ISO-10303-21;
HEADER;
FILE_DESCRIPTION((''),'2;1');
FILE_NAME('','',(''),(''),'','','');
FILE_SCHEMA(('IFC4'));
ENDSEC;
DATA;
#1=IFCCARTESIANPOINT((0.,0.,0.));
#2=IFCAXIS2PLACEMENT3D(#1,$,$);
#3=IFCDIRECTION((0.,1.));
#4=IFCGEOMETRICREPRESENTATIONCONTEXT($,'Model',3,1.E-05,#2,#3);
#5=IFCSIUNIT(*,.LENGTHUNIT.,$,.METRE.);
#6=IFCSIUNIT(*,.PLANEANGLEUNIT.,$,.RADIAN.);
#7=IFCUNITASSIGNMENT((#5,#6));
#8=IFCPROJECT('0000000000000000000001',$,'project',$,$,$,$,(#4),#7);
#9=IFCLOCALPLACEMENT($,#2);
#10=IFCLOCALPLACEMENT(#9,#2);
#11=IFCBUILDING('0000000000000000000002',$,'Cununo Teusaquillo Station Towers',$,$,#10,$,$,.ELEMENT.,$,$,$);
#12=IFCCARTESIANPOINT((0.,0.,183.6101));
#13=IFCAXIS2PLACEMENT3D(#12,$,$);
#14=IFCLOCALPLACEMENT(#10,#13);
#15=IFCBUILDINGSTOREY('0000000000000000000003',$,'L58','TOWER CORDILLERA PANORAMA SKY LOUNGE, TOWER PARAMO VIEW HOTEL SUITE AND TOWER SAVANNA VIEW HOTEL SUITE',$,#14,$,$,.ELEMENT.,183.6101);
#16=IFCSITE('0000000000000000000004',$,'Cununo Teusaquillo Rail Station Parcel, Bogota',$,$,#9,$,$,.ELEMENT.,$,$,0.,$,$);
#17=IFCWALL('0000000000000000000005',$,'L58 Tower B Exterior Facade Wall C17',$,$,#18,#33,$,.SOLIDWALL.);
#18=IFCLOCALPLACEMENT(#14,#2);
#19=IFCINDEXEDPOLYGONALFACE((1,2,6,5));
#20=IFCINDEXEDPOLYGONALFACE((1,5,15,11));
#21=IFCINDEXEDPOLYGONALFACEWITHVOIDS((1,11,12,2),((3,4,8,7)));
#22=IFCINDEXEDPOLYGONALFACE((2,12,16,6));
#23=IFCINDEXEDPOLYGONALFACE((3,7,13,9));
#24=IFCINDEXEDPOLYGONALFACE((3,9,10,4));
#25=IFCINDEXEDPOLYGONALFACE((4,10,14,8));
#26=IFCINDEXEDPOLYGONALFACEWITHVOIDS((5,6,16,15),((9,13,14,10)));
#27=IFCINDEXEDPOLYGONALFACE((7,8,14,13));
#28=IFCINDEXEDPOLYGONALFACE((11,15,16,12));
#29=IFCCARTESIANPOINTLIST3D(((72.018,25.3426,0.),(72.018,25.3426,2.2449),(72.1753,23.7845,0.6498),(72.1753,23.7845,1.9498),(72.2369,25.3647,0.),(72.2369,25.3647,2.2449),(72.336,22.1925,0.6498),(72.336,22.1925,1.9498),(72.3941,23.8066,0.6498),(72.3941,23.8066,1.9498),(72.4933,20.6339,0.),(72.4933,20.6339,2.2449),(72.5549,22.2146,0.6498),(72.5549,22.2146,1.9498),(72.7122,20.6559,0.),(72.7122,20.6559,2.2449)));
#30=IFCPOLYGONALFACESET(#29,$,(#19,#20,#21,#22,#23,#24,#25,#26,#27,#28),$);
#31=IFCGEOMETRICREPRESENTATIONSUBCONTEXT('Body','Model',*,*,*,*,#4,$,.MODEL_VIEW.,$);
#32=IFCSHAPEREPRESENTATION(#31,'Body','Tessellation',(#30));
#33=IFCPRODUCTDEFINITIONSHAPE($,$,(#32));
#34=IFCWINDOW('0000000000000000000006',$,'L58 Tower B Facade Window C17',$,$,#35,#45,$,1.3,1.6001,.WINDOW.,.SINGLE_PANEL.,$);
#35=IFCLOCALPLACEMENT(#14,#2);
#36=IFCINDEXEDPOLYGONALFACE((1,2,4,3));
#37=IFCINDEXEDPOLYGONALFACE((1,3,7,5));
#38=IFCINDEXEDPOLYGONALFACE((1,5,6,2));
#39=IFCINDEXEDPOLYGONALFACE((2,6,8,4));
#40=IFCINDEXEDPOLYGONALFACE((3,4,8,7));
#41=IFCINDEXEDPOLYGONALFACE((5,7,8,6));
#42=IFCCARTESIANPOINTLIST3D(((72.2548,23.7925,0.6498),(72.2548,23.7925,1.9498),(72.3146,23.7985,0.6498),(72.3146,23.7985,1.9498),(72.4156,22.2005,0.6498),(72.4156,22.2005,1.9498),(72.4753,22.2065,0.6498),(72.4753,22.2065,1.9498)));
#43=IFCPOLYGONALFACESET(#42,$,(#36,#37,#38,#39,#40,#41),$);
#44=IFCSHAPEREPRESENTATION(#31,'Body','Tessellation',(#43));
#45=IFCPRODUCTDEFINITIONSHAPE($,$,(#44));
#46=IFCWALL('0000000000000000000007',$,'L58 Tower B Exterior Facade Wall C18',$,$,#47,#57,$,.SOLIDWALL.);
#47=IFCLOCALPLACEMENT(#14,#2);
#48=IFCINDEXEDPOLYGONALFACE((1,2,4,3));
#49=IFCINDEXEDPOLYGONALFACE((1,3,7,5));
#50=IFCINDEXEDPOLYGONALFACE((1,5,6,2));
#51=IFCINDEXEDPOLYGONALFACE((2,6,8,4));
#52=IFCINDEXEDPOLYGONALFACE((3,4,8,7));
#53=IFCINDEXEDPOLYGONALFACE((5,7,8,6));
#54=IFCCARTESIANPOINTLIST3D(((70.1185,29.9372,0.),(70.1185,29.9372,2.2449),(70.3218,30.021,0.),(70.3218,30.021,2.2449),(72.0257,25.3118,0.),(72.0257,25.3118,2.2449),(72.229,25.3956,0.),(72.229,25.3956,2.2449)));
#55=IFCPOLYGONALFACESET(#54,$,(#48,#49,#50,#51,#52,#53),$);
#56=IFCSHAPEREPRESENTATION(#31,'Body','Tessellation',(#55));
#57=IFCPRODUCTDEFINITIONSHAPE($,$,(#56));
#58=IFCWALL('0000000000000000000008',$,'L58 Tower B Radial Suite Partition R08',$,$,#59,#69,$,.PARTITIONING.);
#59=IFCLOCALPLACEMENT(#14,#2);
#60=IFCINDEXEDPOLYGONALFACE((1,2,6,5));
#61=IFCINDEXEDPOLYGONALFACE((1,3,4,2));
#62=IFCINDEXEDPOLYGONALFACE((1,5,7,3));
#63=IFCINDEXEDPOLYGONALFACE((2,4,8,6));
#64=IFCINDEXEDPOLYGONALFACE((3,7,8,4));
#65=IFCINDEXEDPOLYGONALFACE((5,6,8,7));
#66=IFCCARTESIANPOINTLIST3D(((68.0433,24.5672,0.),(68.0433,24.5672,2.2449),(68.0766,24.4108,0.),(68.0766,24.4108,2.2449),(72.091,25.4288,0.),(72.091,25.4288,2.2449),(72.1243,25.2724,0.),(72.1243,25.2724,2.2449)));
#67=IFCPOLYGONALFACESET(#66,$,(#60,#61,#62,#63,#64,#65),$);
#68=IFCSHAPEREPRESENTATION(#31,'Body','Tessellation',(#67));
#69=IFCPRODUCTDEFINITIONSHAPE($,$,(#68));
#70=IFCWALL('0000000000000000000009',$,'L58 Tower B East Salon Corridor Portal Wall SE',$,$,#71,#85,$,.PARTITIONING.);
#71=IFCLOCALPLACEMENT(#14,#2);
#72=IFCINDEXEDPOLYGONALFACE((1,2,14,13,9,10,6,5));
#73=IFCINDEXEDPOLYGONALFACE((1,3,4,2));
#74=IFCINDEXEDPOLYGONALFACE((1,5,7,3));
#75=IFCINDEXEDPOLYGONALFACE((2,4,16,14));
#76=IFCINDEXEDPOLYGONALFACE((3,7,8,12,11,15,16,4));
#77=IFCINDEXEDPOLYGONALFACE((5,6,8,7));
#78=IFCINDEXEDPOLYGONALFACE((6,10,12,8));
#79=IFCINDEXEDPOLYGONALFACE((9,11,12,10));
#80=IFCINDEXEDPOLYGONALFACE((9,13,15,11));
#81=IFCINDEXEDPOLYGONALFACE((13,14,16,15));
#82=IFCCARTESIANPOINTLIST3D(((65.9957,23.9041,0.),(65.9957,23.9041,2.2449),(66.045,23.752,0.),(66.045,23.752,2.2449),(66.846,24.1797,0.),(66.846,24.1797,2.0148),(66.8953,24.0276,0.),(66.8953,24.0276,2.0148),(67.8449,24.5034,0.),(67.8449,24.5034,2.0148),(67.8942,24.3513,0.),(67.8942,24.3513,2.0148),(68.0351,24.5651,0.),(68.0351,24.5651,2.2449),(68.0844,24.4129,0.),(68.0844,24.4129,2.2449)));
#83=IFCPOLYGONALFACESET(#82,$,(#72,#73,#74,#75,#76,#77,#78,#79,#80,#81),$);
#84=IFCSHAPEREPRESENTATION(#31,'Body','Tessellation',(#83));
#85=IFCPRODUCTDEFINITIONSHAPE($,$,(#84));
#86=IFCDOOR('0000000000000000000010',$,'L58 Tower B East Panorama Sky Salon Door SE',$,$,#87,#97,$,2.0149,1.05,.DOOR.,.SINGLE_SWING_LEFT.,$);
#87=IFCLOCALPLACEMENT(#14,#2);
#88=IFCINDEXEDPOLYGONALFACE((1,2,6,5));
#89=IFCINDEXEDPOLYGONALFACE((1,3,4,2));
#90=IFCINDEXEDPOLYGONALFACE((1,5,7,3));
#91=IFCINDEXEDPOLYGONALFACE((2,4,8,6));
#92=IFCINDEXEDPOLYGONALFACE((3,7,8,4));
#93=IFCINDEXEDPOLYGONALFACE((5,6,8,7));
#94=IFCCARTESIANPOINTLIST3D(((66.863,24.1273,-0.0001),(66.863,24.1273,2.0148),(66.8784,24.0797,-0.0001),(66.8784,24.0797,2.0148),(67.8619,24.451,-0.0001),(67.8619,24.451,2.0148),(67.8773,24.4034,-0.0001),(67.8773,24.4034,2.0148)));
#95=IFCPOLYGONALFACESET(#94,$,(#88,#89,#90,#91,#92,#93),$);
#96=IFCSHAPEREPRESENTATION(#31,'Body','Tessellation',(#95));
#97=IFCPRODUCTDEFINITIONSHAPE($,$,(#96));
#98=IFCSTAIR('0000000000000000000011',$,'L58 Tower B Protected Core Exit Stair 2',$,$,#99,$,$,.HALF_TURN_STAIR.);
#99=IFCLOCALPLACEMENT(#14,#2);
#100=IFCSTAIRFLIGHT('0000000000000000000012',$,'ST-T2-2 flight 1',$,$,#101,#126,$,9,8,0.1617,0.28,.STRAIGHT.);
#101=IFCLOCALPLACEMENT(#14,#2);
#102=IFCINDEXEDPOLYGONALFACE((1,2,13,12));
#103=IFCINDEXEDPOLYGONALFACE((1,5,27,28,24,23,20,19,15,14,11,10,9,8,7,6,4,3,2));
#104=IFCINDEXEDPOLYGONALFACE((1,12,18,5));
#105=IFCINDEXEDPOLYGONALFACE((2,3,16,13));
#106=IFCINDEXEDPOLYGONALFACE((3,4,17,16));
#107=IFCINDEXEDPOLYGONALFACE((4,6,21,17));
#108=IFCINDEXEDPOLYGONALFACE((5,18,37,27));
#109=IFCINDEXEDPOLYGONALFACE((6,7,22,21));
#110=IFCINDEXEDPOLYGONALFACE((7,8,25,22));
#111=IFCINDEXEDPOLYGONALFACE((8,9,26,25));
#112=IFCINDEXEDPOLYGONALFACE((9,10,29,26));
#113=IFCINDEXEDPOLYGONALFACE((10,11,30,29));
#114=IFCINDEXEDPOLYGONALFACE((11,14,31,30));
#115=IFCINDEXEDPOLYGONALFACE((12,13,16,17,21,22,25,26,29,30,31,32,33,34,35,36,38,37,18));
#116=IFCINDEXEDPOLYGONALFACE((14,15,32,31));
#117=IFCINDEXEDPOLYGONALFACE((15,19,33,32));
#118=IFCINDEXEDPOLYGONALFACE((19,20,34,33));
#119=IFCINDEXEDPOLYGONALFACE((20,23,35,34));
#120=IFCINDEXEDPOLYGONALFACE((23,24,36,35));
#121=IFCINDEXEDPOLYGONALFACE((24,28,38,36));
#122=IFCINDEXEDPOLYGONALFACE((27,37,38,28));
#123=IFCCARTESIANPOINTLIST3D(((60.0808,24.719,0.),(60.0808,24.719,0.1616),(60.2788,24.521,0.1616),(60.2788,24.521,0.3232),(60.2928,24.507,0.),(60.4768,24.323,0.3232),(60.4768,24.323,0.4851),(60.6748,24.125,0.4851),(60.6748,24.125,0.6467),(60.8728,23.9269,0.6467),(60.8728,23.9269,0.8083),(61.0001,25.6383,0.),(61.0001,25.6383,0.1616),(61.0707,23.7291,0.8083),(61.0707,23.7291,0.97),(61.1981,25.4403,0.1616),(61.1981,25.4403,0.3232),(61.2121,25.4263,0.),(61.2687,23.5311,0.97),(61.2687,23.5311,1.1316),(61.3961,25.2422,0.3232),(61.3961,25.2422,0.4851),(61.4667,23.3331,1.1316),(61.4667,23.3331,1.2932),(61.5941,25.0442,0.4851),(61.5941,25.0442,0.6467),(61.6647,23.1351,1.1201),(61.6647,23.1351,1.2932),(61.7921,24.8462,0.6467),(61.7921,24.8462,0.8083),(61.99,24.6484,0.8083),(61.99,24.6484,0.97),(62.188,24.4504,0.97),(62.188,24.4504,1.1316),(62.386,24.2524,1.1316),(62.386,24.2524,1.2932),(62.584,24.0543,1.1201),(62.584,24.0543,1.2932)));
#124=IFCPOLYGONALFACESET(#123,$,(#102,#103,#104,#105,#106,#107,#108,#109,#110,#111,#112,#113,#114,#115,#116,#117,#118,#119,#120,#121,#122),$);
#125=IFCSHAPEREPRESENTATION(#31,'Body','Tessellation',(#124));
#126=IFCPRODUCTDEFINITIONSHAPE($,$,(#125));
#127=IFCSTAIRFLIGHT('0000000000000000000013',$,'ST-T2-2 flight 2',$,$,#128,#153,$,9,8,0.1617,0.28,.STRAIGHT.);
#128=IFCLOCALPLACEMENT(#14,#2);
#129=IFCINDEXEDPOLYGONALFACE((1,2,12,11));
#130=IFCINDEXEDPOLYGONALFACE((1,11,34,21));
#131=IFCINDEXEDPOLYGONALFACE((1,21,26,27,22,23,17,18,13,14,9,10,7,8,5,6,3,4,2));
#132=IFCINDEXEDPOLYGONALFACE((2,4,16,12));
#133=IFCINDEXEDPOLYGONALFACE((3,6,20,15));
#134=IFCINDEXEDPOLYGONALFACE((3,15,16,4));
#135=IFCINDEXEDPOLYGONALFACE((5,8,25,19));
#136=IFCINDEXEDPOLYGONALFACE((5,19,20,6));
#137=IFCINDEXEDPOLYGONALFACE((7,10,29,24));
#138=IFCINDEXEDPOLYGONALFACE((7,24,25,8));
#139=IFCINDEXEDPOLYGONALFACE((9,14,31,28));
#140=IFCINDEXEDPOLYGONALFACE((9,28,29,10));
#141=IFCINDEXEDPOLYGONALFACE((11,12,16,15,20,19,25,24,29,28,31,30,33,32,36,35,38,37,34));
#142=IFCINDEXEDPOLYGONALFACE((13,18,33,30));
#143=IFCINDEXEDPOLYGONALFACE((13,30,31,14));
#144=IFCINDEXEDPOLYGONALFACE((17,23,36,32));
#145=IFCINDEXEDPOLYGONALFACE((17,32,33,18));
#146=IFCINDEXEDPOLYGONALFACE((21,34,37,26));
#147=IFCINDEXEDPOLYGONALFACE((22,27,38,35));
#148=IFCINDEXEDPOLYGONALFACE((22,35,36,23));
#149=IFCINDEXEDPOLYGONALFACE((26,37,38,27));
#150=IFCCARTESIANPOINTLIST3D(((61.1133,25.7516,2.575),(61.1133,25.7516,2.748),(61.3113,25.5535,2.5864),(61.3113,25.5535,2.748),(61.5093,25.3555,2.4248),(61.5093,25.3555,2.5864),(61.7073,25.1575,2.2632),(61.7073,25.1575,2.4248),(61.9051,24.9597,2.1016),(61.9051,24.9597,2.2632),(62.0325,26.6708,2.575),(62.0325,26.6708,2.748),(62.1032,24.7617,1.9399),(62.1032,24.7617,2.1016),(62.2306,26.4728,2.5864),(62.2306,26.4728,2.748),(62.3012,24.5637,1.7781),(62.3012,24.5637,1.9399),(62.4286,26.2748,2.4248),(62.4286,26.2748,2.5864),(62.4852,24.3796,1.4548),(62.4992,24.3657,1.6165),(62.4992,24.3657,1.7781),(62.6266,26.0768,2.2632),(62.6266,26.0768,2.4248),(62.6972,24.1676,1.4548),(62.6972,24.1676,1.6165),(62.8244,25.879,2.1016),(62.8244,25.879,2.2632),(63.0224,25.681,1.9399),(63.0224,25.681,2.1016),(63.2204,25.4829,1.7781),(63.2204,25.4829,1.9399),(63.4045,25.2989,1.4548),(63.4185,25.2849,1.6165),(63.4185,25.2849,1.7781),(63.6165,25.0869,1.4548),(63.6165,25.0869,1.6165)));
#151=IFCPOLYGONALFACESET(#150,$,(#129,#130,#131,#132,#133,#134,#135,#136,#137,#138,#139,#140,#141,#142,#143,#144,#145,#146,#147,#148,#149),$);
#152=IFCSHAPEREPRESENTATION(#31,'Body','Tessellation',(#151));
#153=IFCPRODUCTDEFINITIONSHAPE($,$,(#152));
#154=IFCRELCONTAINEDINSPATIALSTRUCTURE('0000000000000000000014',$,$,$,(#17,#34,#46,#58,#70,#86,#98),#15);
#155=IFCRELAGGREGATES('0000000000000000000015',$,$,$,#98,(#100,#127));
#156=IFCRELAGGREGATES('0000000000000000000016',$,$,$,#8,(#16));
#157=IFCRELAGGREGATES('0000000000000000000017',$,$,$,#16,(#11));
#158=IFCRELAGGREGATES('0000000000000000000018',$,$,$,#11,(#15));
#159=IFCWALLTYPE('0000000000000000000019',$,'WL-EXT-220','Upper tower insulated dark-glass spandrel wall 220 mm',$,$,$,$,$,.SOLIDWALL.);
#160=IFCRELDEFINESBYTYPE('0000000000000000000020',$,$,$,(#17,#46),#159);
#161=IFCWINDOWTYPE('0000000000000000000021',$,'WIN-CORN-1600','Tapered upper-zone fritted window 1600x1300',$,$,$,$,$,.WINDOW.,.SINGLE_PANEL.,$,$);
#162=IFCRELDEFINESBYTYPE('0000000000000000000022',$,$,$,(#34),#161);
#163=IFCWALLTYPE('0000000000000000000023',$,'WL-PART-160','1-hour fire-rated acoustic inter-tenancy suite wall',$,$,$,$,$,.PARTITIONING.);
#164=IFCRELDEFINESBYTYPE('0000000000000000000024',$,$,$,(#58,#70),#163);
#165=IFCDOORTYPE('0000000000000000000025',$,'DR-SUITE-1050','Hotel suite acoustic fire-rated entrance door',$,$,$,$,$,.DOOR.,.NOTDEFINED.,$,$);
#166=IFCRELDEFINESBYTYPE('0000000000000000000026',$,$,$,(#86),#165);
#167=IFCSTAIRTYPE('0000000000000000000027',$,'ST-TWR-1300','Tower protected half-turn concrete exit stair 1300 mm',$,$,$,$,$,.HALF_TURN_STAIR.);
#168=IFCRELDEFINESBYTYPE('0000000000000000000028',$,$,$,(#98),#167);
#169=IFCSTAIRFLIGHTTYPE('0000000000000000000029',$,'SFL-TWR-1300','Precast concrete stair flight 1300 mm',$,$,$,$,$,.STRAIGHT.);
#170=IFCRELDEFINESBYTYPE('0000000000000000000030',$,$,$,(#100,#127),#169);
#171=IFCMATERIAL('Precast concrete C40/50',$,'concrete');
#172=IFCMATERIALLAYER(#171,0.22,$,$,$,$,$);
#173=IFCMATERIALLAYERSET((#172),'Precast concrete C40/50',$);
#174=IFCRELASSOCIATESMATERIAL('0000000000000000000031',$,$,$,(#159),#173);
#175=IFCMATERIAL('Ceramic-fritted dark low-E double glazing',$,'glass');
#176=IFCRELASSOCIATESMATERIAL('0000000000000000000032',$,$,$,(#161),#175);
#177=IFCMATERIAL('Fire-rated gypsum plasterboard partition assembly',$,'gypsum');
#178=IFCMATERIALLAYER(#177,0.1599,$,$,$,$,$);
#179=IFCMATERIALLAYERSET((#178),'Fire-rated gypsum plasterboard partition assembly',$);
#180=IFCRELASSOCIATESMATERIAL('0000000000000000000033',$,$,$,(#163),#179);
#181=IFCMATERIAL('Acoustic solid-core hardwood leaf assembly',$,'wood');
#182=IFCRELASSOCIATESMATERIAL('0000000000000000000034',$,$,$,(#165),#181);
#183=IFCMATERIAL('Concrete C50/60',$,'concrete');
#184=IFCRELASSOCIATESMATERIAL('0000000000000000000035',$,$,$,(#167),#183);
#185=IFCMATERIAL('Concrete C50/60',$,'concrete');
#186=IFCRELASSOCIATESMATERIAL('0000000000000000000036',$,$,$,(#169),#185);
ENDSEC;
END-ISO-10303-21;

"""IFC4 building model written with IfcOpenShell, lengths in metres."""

from ifc_helpers import new_model, si_unit, direction, frame, frame_2d, origin, place, context, subcontext, project, spatial, polyline, rectangle, outline, extrude, source, transform, mapped, material, layer, layer_set, type_object, element, fill, aggregate, save


model = new_model("IFC4")

# Units and contexts
model_context = context("Model", 3, precision=1e-05, world=origin(), true_north=direction((0.0, 1.0)))
body_context = subcontext(model_context, "Body", "Model", "MODEL_VIEW")
ifc_project = project(units=[si_unit("LENGTHUNIT", "METRE"), si_unit("PLANEANGLEUNIT", "RADIAN")], contexts=[model_context])

# Site, building, storey
site_placement = place(None, origin())
site = spatial("IfcSite", under=ifc_project, at=site_placement, Name="Cununo Teusaquillo Rail Station Parcel, Bogota", CompositionType="ELEMENT", RefElevation=0.0)
building_placement = place(site_placement, origin())
building = spatial("IfcBuilding", under=site, at=building_placement, Name="Cununo Teusaquillo Station Towers", CompositionType="ELEMENT")
storey_placement = place(building_placement, frame((0.0, 0.0, 183.6101)))
storey = spatial("IfcBuildingStorey", under=building, at=storey_placement, Name="L58", Description="TOWER CORDILLERA PANORAMA SKY LOUNGE, TOWER PARAMO VIEW HOTEL SUITE AND TOWER SAVANNA VIEW HOTEL SUITE", CompositionType="ELEMENT", Elevation=183.6101)

# Wall, opening, window
ifc_material_1 = material(Name="Precast concrete C40/50", Category="concrete")
ifc_layer_1 = layer(ifc_material_1, 0.22)
ifc_layer_set_1 = layer_set([ifc_layer_1], Name="Precast concrete C40/50")
wall_type_1 = type_object("IfcWallType", Name="WL-EXT-220", Description="Upper tower insulated dark-glass spandrel wall 220 mm", PredefinedType="SOLIDWALL", material=ifc_layer_set_1)
wall_1_placement = place(storey_placement, frame((72.1274, 25.3535, 0.0), z_axis=(0.0, 0.0, 1.0), x_axis=(0.100438, -0.994943, 0.0)))
wall_1 = element("IfcWall", 1, at=wall_1_placement, inside=storey, type_object=wall_type_1, Name="L58 Tower B Exterior Facade Wall C17", PredefinedType="SOLIDWALL", context=body_context, shape_type="SweptSolid", body=[
    extrude(rectangle(XDim=4.7327, YDim=0.22, at=frame_2d((2.3662, 0.0))), origin(), (0.0, 0.0, 1.0), 2.2449),
])
shared_shape_1 = source(origin(), body_context, "Body", "SweptSolid", [
    extrude(rectangle(XDim=1.6001, YDim=1.3, at=frame_2d((0.8, 0.6499))), frame((0.0, 0.1199, 0.0), z_axis=(0.0, -1.0, 0.0), x_axis=(1.0, 0.0, 0.0)), (0.0, 0.0, 1.0), 0.24),
])
opening_1_placement = place(wall_1_placement, frame((1.5659, 0.0, 0.6499)))
opening_1 = element("IfcOpeningElement", 2, at=opening_1_placement, cuts=wall_1, PredefinedType="OPENING", context=body_context, shape_type="MappedRepresentation", body=[
    mapped(shared_shape_1, transform((0.0, 0.0, 0.0), x_axis=(1.0, 0.0, 0.0), y_axis=(0.0, 1.0, 0.0), z_axis=(0.0, 0.0, 1.0), scale=1.0)),
])
ifc_material_2 = material(Name="Ceramic-fritted dark low-E double glazing", Category="glass")
window_type = type_object("IfcWindowType", Name="WIN-CORN-1600", Description="Tapered upper-zone fritted window 1600x1300", PartitioningType="SINGLE_PANEL", PredefinedType="WINDOW", material=ifc_material_2)
shared_shape_2 = source(origin(), body_context, "Body", "SweptSolid", [
    extrude(rectangle(XDim=1.6001, YDim=1.3, at=frame_2d((0.8, 0.6499))), frame((0.0, 0.03, 0.0), z_axis=(0.0, -1.0, 0.0), x_axis=(1.0, 0.0, 0.0)), (0.0, 0.0, 1.0), 0.0601),
])
window_placement = place(opening_1_placement, origin())
window = element("IfcWindow", 3, at=window_placement, inside=storey, type_object=window_type, Name="L58 Tower B Facade Window C17", OverallHeight=1.3, OverallWidth=1.6001, PartitioningType="SINGLE_PANEL", PredefinedType="WINDOW", context=body_context, shape_type="MappedRepresentation", body=[
    mapped(shared_shape_2, transform((0.0, 0.0, 0.0), x_axis=(1.0, 0.0, 0.0), y_axis=(0.0, 1.0, 0.0), z_axis=(0.0, 0.0, 1.0), scale=1.0)),
])
fill(opening_1, window)

# Walls
wall_2_placement = place(storey_placement, frame((70.2202, 29.979, 0.0), z_axis=(0.0, 0.0, 1.0), x_axis=(0.381196, -0.924494, 0.0)))
element("IfcWall", 4, at=wall_2_placement, inside=storey, type_object=wall_type_1, Name="L58 Tower B Exterior Facade Wall C18", PredefinedType="SOLIDWALL", context=body_context, shape_type="SweptSolid", body=[
    extrude(rectangle(XDim=5.0032, YDim=0.22, at=frame_2d((2.5015, 0.0))), origin(), (0.0, 0.0, 1.0), 2.2449),
])
ifc_material_3 = material(Name="Fire-rated gypsum plasterboard partition assembly", Category="gypsum")
ifc_layer_2 = layer(ifc_material_3, 0.1599)
ifc_layer_set_2 = layer_set([ifc_layer_2], Name="Fire-rated gypsum plasterboard partition assembly")
wall_type_2 = type_object("IfcWallType", Name="WL-PART-160", Description="1-hour fire-rated acoustic inter-tenancy suite wall", PredefinedType="PARTITIONING", material=ifc_layer_set_2)
wall_3_placement = place(storey_placement, frame((68.0598, 24.489, 0.0), z_axis=(0.0, 0.0, 1.0), x_axis=(0.97809, 0.208183, 0.0)))
element("IfcWall", 5, at=wall_3_placement, inside=storey, type_object=wall_type_2, Name="L58 Tower B Radial Suite Partition R08", PredefinedType="PARTITIONING", context=body_context, shape_type="SweptSolid", body=[
    extrude(rectangle(XDim=4.1384, YDim=0.1599, at=frame_2d((2.0693, 0.0))), origin(), (0.0, 0.0, 1.0), 2.2449),
])

# Wall, opening, door
wall_4_placement = place(storey_placement, frame((66.0205, 23.8281, 0.0), z_axis=(0.0, 0.0, 1.0), x_axis=(0.951292, 0.30829, 0.0)))
wall_4 = element("IfcWall", 6, at=wall_4_placement, inside=storey, type_object=wall_type_2, Name="L58 Tower B East Salon Corridor Portal Wall SE", PredefinedType="PARTITIONING", context=body_context, shape_type="SweptSolid", body=[
    extrude(rectangle(XDim=2.1438, YDim=0.1599, at=frame_2d((1.0718, 0.0))), origin(), (0.0, 0.0, 1.0), 2.2449),
])
shared_shape_3 = source(origin(), body_context, "Body", "SweptSolid", [
    extrude(rectangle(XDim=1.05, YDim=2.0149, at=frame_2d((0.5249, 1.0073))), frame((0.0, 0.0898, 0.0), z_axis=(0.0, -1.0, 0.0), x_axis=(1.0, 0.0, 0.0)), (0.0, 0.0, 1.0), 0.1799),
])
opening_2_placement = place(wall_4_placement, frame((0.8938, 0.0, 0.0)))
opening_2 = element("IfcOpeningElement", 7, at=opening_2_placement, cuts=wall_4, PredefinedType="OPENING", context=body_context, shape_type="MappedRepresentation", body=[
    mapped(shared_shape_3, transform((0.0, 0.0, 0.0), x_axis=(1.0, 0.0, 0.0), y_axis=(0.0, 1.0, 0.0), z_axis=(0.0, 0.0, 1.0), scale=1.0)),
])
ifc_material_4 = material(Name="Acoustic solid-core hardwood leaf assembly", Category="wood")
door_type = type_object("IfcDoorType", Name="DR-SUITE-1050", Description="Hotel suite acoustic fire-rated entrance door", OperationType="NOTDEFINED", PredefinedType="DOOR", material=ifc_material_4)
shared_shape_4 = source(origin(), body_context, "Body", "SweptSolid", [
    extrude(rectangle(XDim=1.05, YDim=2.0149, at=frame_2d((0.5249, 1.0073))), frame((0.0, 0.0249, 0.0), z_axis=(0.0, -1.0, 0.0), x_axis=(1.0, 0.0, 0.0)), (0.0, 0.0, 1.0), 0.05),
])
door_placement = place(opening_2_placement, origin())
door = element("IfcDoor", 8, at=door_placement, inside=storey, type_object=door_type, Name="L58 Tower B East Panorama Sky Salon Door SE", OperationType="SINGLE_SWING_LEFT", OverallHeight=2.0149, OverallWidth=1.05, PredefinedType="DOOR", context=body_context, shape_type="MappedRepresentation", body=[
    mapped(shared_shape_4, transform((0.0, 0.0, 0.0), x_axis=(1.0, 0.0, 0.0), y_axis=(0.0, 1.0, 0.0), z_axis=(0.0, 0.0, 1.0), scale=1.0)),
])
fill(opening_2, door)

# Stair, stair flights
ifc_material_5 = material(Name="Concrete C50/60", Category="concrete")
stair_type = type_object("IfcStairType", Name="ST-TWR-1300", Description="Tower protected half-turn concrete exit stair 1300 mm", PredefinedType="HALF_TURN_STAIR", material=ifc_material_5)
stair_placement = place(storey_placement, origin())
stair = element("IfcStair", 9, at=stair_placement, inside=storey, type_object=stair_type, Name="L58 Tower B Protected Core Exit Stair 2", PredefinedType="HALF_TURN_STAIR")
ifc_material_6 = material(Name="Concrete C50/60", Category="concrete")
stair_flight_type = type_object("IfcStairFlightType", Name="SFL-TWR-1300", Description="Precast concrete stair flight 1300 mm", PredefinedType="STRAIGHT", material=ifc_material_6)
stair_flight_1_placement = place(storey_placement, frame((60.5405, 25.1787, 0.0), z_axis=(0.0, 0.0, 1.0), x_axis=(0.707107, -0.707107, 0.0)))
stair_flight_1 = element("IfcStairFlight", 10, at=stair_flight_1_placement, type_object=stair_flight_type, Name="ST-T2-2 flight 1", NumberOfRisers=9, NumberOfTreads=8, PredefinedType="STRAIGHT", RiserHeight=0.1617, TreadLength=0.28, context=body_context, shape_type="SweptSolid", body=[
    extrude(outline(polyline([(0.0, 0.0), (0.0, 0.1616), (0.28, 0.1616), (0.28, 0.3232), (0.5601, 0.3232), (0.5601, 0.4851), (0.8401, 0.4851), (0.8401, 0.6467), (1.1201, 0.6467), (1.1201, 0.8083), (1.3999, 0.8083), (1.3999, 0.97), (1.6799, 0.97), (1.6799, 1.1316), (1.96, 1.1316), (1.96, 1.2932), (2.24, 1.2932), (2.24, 1.4551), (2.24, 1.1201), (0.2998, 0.0), (0.0, 0.0)])), frame((0.0, 0.6499, 0.0), z_axis=(0.0, -1.0, 0.0), x_axis=(1.0, 0.0, 0.0)), (0.0, 0.0, 1.0), 1.3),
])
stair_flight_2_placement = place(storey_placement, frame((63.1567, 24.6272, 1.4548), z_axis=(0.0, 0.0, 1.0), x_axis=(-0.707107, 0.707107, 0.0)))
stair_flight_2 = element("IfcStairFlight", 11, at=stair_flight_2_placement, type_object=stair_flight_type, Name="ST-T2-2 flight 2", NumberOfRisers=9, NumberOfTreads=8, PredefinedType="STRAIGHT", RiserHeight=0.1617, TreadLength=0.28, context=body_context, shape_type="SweptSolid", body=[
    extrude(outline(polyline([(0.0, 0.0), (0.0, 0.1616), (0.28, 0.1616), (0.28, 0.3232), (0.5601, 0.3232), (0.5601, 0.4851), (0.8401, 0.4851), (0.8401, 0.6467), (1.1201, 0.6467), (1.1201, 0.8083), (1.3999, 0.8083), (1.3999, 0.97), (1.6799, 0.97), (1.6799, 1.1316), (1.96, 1.1316), (1.96, 1.2932), (2.24, 1.2932), (2.24, 1.4551), (2.24, 1.1201), (0.2998, 0.0), (0.0, 0.0)])), frame((0.0, 0.6499, 0.0), z_axis=(0.0, -1.0, 0.0), x_axis=(1.0, 0.0, 0.0)), (0.0, 0.0, 1.0), 1.3),
])
aggregate(stair, [stair_flight_1, stair_flight_2])

save(model, "model.ifc")
